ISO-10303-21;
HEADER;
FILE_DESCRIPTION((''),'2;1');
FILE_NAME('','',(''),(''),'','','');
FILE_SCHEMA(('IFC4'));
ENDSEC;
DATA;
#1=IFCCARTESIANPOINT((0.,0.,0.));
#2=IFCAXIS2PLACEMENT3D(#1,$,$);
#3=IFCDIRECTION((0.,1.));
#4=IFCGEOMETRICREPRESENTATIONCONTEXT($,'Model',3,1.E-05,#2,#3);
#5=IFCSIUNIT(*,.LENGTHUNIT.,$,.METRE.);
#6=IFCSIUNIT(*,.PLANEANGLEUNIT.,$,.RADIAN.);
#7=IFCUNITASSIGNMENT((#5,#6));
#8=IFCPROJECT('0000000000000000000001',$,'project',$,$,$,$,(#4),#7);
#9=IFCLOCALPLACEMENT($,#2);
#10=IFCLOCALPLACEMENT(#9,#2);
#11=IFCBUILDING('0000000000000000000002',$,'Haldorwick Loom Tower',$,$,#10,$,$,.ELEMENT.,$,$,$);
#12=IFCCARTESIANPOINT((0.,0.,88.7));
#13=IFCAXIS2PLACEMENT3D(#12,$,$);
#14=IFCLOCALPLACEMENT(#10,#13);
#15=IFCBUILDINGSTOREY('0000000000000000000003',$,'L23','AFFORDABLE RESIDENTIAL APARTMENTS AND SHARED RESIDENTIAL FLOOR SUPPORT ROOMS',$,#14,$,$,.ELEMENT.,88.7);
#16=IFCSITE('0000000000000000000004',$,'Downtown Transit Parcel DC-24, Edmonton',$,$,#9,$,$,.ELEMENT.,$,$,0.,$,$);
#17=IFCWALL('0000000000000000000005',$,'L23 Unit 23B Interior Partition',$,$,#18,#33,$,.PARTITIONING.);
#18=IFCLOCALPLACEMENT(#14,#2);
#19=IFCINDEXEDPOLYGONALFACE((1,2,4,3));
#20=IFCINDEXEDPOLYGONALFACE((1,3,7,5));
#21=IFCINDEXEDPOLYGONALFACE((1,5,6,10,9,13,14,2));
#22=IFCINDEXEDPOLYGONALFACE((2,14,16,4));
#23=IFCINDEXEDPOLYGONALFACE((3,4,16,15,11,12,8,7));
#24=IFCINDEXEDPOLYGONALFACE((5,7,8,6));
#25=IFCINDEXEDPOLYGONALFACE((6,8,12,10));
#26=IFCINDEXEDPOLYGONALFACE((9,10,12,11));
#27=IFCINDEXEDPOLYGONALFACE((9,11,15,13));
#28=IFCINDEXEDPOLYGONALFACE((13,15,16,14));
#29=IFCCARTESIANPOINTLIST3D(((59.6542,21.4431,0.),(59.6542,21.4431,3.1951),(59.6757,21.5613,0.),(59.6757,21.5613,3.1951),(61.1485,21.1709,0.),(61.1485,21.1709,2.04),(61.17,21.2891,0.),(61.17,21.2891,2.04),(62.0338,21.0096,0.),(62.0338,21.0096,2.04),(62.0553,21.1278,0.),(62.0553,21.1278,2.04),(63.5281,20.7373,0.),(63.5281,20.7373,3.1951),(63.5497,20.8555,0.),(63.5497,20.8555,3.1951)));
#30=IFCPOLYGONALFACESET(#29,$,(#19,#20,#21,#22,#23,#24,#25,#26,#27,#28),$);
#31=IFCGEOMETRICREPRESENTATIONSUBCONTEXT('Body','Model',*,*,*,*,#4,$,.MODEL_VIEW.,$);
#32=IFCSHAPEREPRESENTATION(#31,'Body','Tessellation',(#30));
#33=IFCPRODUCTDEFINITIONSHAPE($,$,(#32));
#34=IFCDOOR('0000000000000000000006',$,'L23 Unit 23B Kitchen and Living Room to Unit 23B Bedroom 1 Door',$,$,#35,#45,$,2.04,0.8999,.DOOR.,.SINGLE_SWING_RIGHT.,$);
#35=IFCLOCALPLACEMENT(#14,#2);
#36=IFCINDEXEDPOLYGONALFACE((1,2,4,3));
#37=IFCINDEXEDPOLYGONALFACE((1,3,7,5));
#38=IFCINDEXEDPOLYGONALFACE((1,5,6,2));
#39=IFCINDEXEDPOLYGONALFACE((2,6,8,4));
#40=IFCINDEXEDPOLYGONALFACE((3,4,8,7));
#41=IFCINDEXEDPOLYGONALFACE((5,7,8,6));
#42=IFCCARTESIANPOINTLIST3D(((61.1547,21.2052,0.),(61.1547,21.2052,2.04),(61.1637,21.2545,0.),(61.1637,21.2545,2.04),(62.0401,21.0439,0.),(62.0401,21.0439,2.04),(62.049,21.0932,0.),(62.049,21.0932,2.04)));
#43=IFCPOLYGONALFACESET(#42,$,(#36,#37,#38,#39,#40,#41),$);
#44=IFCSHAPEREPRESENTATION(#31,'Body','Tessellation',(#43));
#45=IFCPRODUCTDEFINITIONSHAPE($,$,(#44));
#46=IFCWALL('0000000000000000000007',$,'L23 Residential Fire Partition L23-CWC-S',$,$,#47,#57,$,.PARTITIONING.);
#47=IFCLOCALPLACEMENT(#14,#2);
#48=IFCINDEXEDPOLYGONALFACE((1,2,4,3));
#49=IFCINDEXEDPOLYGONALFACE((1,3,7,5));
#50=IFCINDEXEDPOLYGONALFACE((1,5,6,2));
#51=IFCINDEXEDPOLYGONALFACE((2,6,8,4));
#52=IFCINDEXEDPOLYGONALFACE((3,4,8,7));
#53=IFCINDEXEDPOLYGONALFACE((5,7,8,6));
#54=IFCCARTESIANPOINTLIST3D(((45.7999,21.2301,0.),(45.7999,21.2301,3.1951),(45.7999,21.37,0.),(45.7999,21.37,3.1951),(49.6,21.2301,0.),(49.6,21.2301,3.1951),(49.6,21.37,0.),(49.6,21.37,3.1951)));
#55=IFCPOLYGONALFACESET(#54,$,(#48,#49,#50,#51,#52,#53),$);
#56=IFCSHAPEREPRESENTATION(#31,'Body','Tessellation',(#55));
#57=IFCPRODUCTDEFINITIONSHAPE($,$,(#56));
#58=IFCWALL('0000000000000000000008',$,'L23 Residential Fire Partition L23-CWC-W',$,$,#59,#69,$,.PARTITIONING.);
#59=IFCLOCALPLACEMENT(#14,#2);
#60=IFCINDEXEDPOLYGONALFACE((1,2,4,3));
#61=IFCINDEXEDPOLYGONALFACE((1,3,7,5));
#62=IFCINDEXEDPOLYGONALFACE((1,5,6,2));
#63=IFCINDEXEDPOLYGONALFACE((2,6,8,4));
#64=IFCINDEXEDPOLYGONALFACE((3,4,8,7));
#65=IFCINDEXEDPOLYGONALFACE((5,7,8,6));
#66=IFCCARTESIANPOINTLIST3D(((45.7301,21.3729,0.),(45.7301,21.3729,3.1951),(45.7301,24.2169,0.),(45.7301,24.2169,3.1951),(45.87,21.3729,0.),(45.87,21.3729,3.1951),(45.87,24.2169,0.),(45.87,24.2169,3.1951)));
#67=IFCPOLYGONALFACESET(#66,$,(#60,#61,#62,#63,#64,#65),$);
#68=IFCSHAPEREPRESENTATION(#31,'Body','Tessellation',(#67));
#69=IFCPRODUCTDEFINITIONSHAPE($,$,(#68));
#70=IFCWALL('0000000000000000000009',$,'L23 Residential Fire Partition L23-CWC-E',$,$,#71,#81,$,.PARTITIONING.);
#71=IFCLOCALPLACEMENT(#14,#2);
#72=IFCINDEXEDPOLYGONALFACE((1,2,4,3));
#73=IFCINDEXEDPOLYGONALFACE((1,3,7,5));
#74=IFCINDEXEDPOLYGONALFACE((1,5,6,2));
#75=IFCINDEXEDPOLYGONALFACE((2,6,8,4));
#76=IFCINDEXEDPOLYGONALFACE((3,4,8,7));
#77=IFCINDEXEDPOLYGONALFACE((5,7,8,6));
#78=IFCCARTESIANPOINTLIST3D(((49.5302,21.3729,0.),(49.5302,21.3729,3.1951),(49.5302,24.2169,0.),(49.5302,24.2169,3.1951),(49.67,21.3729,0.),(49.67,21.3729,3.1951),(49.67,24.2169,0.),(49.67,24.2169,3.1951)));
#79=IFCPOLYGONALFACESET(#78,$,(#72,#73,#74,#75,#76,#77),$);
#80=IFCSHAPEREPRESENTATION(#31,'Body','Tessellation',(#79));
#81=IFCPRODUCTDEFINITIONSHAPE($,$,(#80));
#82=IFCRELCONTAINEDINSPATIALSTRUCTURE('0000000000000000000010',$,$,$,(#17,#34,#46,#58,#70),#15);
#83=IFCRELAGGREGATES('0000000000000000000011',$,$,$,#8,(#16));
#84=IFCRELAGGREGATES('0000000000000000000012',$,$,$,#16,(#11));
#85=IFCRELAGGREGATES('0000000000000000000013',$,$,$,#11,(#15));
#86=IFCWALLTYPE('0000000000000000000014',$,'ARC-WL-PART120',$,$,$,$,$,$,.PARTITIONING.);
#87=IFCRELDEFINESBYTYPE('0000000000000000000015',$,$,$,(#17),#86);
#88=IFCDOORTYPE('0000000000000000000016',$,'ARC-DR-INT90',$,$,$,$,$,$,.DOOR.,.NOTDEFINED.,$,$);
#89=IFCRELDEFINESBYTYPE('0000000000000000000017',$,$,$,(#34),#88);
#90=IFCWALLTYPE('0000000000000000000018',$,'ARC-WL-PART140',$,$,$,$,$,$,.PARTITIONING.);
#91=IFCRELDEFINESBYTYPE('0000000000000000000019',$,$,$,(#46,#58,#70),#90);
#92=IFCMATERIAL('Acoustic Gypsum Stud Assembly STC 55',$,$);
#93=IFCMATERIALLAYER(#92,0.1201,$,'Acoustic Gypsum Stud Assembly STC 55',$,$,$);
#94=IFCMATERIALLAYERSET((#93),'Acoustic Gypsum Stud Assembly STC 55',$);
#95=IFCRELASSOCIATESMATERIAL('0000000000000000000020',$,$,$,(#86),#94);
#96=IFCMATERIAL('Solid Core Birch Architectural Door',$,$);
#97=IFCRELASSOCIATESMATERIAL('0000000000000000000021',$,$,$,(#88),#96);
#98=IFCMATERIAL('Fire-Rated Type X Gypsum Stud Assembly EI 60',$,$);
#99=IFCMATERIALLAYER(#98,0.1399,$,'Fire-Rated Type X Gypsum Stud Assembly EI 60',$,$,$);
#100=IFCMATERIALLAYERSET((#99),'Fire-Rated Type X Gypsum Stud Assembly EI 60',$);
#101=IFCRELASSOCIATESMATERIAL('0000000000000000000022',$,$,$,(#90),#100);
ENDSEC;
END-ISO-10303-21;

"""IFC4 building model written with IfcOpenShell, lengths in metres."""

from ifc_helpers import new_model, si_unit, direction, frame, frame_2d, origin, place, context, subcontext, project, spatial, rectangle, extrude, material, layer, layer_set, type_object, element, fill, save


model = new_model("IFC4")

# Units and contexts
model_context = context("Model", 3, precision=1e-05, world=origin(), true_north=direction((0.0, 1.0)))
body_context = subcontext(model_context, "Body", "Model", "MODEL_VIEW")
ifc_project = project(units=[si_unit("LENGTHUNIT", "METRE"), si_unit("PLANEANGLEUNIT", "RADIAN")], contexts=[model_context])

# Site, building, storey
site_placement = place(None, origin())
site = spatial("IfcSite", under=ifc_project, at=site_placement, Name="Downtown Transit Parcel DC-24, Edmonton", CompositionType="ELEMENT", RefElevation=0.0)
building_placement = place(site_placement, origin())
building = spatial("IfcBuilding", under=site, at=building_placement, Name="Haldorwick Loom Tower", CompositionType="ELEMENT")
storey_placement = place(building_placement, frame((0.0, 0.0, 88.7)))
storey = spatial("IfcBuildingStorey", under=building, at=storey_placement, Name="L23", Description="AFFORDABLE RESIDENTIAL APARTMENTS AND SHARED RESIDENTIAL FLOOR SUPPORT ROOMS", CompositionType="ELEMENT", Elevation=88.7)

# Shared definitions
ifc_material_1 = material(Name="Fire-Rated Type X Gypsum Stud Assembly EI 60")
ifc_material_2 = material(Name="Acoustic Gypsum Stud Assembly STC 55")
ifc_layer_1 = layer(ifc_material_2, 0.1201, Name="Acoustic Gypsum Stud Assembly STC 55")
ifc_layer_set_1 = layer_set([ifc_layer_1], Name="Acoustic Gypsum Stud Assembly STC 55")
wall_type_1 = type_object("IfcWallType", Name="ARC-WL-PART120", PredefinedType="PARTITIONING", material=ifc_layer_set_1)

# Shared definitions
ifc_material_3 = material(Name="Solid Core Birch Architectural Door")

# Wall, opening, door
wall_1_placement = place(storey_placement, frame((59.665, 21.5022, 0.0), z_axis=(0.0, 0.0, 1.0), x_axis=(0.983805, -0.17924, 0.0)))
wall_1 = element("IfcWall", 1, at=wall_1_placement, inside=storey, type_object=wall_type_1, Name="L23 Unit 23B Interior Partition", PredefinedType="PARTITIONING", context=body_context, shape_type="SweptSolid", body=[
    extrude(rectangle(XDim=3.9377, YDim=0.1201, at=frame_2d((1.9688, 0.0))), origin(), (0.0, 0.0, 1.0), 3.1951),
])
opening_1_placement = place(wall_1_placement, frame((1.5188, 0.0, 0.0)))
opening_1 = element("IfcOpeningElement", 2, at=opening_1_placement, cuts=wall_1, PredefinedType="OPENING", context=body_context, shape_type="SweptSolid", body=[
    extrude(rectangle(XDim=0.8999, YDim=2.04, at=frame_2d((0.45, 1.02))), frame((0.0, 0.0701, 0.0), z_axis=(0.0, -1.0, 0.0), x_axis=(1.0, 0.0, 0.0)), (0.0, 0.0, 1.0), 0.1401),
])
door_type_1 = type_object("IfcDoorType", Name="ARC-DR-INT90", OperationType="NOTDEFINED", PredefinedType="DOOR", material=ifc_material_3)
door_1_placement = place(opening_1_placement, origin())
door_1 = element("IfcDoor", 3, at=door_1_placement, inside=storey, type_object=door_type_1, Name="L23 Unit 23B Kitchen and Living Room to Unit 23B Bedroom 1 Door", OperationType="SINGLE_SWING_RIGHT", OverallHeight=2.04, OverallWidth=0.8999, PredefinedType="DOOR", context=body_context, shape_type="SweptSolid", body=[
    extrude(rectangle(XDim=0.8999, YDim=2.04, at=frame_2d((0.45, 1.02))), frame((0.0, 0.0249, 0.0), z_axis=(0.0, -1.0, 0.0), x_axis=(1.0, 0.0, 0.0)), (0.0, 0.0, 1.0), 0.05),
])
fill(opening_1, door_1)

# Walls
ifc_layer_2 = layer(ifc_material_1, 0.1399, Name="Fire-Rated Type X Gypsum Stud Assembly EI 60")
ifc_layer_set_2 = layer_set([ifc_layer_2], Name="Fire-Rated Type X Gypsum Stud Assembly EI 60")
wall_type_2 = type_object("IfcWallType", Name="ARC-WL-PART140", PredefinedType="PARTITIONING", material=ifc_layer_set_2)
wall_2_placement = place(storey_placement, frame((45.8, 21.3, 0.0), z_axis=(0.0, 0.0, 1.0), x_axis=(1.0, 0.0, 0.0)))
element("IfcWall", 4, at=wall_2_placement, inside=storey, type_object=wall_type_2, Name="L23 Residential Fire Partition L23-CWC-S", PredefinedType="PARTITIONING", context=body_context, shape_type="SweptSolid", body=[
    extrude(rectangle(XDim=3.8, YDim=0.1399, at=frame_2d((1.8999, 0.0))), origin(), (0.0, 0.0, 1.0), 3.1951),
])
for number, where, z_axis, x_axis, name in (
    (5, (45.8, 21.373, 0.0), (0.0, 0.0, 1.0), (0.0, 1.0, 0.0), "L23 Residential Fire Partition L23-CWC-W"),
    (6, (49.6001, 21.373, 0.0), (0.0, 0.0, 1.0), (0.0, 1.0, 0.0), "L23 Residential Fire Partition L23-CWC-E"),
):
    element("IfcWall", number, at=place(storey_placement, frame(where, z_axis=z_axis, x_axis=x_axis)), inside=storey, type_object=wall_type_2, Name=name, PredefinedType="PARTITIONING", context=body_context, shape_type="SweptSolid", body=[
        extrude(rectangle(XDim=2.844, YDim=0.1399, at=frame_2d((1.4219, 0.0))), origin(), (0.0, 0.0, 1.0), 3.1951),
    ])

save(model, "model.ifc")
